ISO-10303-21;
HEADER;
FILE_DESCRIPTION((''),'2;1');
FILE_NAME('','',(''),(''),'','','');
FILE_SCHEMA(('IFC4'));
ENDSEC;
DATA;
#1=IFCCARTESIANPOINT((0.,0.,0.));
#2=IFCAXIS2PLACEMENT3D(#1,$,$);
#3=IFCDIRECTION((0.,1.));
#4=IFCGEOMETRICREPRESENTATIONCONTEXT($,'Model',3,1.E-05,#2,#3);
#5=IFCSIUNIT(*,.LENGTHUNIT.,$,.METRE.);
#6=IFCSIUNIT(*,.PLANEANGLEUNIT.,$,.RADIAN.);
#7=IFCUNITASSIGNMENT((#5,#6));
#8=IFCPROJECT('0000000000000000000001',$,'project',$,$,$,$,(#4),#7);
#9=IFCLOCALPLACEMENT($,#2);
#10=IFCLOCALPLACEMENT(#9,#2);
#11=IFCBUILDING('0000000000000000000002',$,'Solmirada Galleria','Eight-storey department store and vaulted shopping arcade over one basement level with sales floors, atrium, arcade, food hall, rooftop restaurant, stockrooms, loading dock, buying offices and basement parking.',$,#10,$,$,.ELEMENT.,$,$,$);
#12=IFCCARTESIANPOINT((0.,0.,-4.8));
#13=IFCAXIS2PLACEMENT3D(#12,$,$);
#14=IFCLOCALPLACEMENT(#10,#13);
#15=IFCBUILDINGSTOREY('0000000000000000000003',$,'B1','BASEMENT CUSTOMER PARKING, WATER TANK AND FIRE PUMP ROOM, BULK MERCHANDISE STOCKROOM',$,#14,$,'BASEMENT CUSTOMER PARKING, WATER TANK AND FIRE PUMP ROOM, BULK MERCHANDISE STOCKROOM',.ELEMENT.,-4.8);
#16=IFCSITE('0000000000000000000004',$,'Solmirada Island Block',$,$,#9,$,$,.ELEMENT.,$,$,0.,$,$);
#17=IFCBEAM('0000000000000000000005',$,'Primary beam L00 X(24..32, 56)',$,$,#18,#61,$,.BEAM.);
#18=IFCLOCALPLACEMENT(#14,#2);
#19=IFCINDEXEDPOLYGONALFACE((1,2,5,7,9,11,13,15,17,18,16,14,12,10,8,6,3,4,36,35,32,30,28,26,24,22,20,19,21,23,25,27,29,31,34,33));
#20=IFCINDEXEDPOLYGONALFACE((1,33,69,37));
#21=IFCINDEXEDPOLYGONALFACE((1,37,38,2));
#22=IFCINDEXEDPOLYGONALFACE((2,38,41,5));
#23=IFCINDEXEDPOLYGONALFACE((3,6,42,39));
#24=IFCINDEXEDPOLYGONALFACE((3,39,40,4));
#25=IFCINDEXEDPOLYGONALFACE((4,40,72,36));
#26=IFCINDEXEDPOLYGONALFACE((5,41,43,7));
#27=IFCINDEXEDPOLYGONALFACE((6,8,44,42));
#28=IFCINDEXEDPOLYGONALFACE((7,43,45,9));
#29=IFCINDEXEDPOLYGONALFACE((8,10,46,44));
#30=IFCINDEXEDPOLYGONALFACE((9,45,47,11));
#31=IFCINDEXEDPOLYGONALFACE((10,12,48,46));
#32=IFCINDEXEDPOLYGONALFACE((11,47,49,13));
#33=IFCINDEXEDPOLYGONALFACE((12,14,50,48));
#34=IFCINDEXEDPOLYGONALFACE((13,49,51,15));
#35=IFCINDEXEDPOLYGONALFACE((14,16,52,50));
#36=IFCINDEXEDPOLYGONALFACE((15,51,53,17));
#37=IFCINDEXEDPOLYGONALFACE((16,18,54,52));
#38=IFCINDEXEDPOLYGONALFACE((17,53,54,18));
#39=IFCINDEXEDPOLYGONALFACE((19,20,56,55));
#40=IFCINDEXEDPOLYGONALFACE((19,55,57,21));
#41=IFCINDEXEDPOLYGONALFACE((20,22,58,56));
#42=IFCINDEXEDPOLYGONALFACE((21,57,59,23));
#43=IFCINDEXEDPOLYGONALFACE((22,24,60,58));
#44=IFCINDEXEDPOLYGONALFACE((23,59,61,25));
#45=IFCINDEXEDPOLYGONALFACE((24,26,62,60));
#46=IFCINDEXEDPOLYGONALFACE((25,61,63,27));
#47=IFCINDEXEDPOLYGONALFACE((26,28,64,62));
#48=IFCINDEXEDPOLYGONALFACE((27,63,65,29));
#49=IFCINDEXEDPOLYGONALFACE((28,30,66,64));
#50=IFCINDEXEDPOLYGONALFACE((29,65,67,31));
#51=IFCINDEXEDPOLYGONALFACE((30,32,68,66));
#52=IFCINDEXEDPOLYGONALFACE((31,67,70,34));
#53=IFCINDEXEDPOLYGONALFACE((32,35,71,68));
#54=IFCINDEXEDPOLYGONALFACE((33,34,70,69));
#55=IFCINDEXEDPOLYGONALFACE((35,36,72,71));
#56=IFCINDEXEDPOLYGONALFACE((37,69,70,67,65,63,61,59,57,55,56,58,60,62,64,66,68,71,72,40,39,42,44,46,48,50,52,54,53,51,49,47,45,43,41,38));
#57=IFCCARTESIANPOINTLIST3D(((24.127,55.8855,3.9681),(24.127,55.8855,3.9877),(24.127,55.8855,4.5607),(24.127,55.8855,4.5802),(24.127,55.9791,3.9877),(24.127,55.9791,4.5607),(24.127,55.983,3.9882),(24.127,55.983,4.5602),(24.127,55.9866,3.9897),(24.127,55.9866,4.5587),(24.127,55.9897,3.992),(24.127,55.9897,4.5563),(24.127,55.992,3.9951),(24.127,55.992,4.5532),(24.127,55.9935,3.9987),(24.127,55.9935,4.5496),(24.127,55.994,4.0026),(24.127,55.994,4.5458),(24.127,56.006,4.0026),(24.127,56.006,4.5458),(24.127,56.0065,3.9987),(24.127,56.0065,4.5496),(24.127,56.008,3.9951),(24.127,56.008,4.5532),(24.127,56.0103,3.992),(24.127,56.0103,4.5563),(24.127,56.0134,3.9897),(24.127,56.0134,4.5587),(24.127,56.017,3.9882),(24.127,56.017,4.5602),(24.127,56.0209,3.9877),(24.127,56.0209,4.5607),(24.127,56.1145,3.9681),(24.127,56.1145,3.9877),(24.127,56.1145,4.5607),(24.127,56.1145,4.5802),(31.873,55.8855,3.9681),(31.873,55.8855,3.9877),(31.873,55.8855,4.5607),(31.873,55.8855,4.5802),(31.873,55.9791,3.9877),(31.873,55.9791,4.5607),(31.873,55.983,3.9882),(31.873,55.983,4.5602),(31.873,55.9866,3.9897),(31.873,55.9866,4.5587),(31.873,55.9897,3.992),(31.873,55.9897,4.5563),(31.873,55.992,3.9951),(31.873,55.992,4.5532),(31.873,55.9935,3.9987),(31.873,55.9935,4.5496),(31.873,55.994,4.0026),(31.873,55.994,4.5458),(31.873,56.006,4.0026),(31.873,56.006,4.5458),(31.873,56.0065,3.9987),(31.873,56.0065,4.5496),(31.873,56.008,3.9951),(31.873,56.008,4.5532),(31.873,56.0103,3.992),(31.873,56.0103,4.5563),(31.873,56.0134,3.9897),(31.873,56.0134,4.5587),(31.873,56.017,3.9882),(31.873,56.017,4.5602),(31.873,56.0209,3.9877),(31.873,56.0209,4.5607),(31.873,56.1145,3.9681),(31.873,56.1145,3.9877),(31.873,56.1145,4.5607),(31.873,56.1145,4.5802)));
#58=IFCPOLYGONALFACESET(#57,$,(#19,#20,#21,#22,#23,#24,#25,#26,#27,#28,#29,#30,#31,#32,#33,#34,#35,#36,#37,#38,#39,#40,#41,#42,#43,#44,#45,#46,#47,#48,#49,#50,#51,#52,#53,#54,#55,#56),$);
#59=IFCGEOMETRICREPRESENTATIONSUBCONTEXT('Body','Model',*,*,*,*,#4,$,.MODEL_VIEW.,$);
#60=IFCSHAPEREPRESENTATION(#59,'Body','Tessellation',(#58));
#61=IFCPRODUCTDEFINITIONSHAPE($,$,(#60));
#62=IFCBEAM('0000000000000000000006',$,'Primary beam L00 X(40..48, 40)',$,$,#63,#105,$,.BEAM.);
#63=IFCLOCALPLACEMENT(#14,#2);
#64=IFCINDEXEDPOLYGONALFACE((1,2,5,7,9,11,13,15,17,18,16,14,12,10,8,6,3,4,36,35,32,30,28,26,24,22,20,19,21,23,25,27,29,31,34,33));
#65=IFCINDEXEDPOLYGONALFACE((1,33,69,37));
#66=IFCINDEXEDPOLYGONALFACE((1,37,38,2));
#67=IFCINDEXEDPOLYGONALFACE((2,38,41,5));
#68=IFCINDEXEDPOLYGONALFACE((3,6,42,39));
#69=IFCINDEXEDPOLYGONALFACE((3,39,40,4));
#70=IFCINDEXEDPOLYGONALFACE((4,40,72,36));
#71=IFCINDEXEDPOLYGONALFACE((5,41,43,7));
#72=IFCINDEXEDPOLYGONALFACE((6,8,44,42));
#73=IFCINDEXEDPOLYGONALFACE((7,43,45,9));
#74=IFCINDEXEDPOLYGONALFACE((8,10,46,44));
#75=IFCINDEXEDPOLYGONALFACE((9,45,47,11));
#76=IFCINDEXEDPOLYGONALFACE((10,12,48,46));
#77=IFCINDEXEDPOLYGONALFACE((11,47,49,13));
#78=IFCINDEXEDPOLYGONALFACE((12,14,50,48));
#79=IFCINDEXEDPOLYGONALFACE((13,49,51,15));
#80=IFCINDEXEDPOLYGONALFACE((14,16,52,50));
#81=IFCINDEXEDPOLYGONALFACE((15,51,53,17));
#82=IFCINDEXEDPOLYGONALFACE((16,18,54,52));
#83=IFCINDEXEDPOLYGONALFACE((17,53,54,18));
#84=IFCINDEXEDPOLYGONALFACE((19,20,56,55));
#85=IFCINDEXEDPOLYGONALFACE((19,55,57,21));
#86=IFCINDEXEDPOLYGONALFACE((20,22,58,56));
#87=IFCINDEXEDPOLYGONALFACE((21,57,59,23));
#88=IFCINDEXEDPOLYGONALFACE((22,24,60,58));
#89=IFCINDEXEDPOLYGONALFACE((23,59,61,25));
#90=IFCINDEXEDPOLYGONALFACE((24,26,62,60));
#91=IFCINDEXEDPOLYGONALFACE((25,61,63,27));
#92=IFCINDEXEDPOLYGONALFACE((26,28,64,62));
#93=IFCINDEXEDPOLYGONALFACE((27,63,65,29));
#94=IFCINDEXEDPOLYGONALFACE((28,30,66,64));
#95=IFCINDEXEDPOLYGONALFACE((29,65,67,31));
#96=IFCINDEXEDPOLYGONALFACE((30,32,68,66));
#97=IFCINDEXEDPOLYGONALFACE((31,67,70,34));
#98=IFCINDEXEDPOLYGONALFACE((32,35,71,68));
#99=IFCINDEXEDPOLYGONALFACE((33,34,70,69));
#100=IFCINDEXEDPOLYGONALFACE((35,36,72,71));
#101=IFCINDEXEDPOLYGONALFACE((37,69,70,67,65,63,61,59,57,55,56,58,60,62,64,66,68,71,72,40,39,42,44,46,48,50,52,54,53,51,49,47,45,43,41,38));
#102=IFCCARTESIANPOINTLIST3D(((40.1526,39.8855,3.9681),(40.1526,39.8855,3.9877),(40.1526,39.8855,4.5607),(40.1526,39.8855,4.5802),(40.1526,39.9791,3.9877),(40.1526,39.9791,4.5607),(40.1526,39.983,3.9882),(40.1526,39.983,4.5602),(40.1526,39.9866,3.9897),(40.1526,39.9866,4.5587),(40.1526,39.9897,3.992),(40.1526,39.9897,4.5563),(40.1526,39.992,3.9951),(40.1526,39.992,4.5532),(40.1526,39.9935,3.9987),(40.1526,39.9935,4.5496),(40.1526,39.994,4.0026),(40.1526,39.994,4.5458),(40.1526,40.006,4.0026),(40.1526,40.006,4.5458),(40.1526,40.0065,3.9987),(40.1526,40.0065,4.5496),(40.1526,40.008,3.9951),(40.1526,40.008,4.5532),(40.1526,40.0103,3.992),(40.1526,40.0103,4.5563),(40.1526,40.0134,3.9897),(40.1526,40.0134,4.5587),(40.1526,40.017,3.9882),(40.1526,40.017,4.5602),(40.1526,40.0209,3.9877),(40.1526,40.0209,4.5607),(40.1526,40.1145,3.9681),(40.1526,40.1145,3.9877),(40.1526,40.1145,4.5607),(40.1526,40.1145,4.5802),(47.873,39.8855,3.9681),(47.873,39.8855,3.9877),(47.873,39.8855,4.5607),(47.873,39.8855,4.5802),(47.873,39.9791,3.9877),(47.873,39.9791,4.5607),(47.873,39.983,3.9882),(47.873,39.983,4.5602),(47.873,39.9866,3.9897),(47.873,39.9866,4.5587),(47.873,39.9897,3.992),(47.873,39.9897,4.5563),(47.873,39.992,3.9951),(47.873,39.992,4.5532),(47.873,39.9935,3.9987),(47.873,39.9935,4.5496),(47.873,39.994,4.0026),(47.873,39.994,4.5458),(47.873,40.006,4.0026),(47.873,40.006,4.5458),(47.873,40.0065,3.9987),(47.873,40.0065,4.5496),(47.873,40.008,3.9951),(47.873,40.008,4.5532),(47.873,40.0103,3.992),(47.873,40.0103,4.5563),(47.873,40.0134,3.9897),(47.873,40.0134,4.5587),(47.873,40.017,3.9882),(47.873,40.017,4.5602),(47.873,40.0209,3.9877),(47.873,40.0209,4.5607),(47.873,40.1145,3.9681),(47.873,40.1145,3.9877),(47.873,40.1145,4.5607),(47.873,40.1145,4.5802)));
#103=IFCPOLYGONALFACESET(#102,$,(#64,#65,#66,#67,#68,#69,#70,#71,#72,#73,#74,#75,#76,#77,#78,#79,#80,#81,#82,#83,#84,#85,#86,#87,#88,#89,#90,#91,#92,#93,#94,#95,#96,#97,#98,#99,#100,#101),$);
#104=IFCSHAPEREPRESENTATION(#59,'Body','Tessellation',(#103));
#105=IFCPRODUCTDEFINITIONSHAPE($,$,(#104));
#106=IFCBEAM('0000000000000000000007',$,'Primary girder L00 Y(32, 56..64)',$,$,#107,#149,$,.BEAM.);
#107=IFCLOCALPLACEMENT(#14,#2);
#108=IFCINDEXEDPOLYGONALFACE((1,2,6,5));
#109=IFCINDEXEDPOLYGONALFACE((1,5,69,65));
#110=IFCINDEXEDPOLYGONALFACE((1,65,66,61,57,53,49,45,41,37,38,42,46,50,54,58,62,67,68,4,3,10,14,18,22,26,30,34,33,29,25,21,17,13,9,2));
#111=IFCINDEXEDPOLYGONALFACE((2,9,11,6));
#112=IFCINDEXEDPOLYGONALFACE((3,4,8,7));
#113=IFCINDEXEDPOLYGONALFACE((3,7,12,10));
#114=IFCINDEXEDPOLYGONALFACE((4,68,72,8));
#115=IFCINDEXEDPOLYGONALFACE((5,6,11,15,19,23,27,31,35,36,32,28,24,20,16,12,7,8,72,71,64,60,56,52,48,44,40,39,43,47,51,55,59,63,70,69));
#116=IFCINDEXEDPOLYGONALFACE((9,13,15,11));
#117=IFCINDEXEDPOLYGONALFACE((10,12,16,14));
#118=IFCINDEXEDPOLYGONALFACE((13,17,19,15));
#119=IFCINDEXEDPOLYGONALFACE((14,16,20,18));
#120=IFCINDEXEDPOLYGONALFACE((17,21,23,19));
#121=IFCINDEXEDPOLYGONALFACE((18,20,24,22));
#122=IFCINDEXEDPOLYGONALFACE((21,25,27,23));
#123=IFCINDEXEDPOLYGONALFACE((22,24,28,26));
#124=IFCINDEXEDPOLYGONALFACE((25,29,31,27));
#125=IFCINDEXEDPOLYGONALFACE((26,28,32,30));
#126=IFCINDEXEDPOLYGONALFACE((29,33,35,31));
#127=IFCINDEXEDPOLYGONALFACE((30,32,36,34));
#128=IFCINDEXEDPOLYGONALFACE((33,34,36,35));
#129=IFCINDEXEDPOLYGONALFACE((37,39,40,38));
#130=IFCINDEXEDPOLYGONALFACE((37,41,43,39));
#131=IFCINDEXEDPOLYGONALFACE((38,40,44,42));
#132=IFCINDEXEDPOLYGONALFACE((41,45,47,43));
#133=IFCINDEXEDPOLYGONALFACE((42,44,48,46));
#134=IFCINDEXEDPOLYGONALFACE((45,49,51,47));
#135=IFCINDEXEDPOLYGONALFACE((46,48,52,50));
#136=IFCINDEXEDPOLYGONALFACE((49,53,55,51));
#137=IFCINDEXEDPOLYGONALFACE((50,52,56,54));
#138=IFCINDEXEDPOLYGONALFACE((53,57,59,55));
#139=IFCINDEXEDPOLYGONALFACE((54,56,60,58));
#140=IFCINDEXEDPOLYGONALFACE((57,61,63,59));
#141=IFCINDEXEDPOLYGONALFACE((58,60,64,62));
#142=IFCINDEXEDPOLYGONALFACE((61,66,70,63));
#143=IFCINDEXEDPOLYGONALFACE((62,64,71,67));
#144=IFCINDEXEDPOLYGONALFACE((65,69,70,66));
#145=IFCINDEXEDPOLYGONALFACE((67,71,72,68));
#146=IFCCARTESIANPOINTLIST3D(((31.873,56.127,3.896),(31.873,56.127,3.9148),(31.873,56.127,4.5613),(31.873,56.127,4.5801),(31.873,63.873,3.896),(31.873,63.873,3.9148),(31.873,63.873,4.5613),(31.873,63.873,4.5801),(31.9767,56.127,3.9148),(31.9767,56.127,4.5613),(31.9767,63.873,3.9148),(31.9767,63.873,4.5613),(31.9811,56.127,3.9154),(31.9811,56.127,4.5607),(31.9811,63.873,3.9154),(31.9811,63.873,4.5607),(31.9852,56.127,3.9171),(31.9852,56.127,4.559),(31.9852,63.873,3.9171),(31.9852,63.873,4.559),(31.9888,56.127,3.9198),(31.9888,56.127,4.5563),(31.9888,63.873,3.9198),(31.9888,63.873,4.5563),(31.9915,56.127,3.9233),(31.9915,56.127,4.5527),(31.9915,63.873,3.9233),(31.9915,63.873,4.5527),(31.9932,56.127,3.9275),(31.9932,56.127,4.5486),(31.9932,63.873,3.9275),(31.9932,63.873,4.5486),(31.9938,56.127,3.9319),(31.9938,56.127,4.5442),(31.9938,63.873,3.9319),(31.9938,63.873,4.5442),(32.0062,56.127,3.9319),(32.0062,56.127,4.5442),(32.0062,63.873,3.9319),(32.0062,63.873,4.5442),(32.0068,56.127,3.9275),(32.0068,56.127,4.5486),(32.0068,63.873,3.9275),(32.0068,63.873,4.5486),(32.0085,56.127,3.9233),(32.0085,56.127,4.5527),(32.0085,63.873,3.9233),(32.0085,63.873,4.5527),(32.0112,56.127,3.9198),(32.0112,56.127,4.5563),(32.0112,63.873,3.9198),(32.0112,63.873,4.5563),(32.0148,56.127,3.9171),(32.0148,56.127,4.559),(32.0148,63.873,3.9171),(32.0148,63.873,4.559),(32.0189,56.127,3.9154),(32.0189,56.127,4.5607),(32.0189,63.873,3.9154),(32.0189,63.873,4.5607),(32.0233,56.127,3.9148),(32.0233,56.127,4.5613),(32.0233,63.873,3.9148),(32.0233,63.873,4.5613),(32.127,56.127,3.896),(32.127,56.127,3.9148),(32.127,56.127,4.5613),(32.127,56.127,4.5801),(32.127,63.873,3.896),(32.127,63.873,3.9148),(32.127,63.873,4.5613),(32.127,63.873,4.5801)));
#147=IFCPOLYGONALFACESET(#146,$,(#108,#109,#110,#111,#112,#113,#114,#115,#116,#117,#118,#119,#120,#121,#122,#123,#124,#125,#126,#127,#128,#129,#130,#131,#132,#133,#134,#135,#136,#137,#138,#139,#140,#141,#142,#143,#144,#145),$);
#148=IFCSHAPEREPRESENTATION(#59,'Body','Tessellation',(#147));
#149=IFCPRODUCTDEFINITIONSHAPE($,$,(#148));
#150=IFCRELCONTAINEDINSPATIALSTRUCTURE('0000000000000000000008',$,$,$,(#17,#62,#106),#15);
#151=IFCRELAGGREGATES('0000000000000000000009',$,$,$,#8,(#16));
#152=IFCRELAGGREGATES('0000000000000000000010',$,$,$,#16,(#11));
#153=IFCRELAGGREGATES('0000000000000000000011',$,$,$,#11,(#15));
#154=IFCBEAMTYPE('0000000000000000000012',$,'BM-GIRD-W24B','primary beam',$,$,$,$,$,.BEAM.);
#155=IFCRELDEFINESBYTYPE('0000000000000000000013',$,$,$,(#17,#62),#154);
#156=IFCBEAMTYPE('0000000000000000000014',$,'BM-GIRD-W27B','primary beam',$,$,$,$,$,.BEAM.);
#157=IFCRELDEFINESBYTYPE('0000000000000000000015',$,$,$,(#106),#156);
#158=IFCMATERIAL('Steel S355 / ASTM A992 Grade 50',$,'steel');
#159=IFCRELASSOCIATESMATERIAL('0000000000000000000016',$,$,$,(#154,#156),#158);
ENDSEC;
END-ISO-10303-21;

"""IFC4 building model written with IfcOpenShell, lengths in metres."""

from ifc_helpers import new_model, si_unit, direction, frame, origin, origin_2d, place, context, subcontext, project, spatial, i_section, extrude, material, material_profile, profile_set, type_object, element, save


model = new_model("IFC4")

# Units and contexts
model_context = context("Model", 3, precision=1e-05, world=origin(), true_north=direction((0.0, 1.0)))
body_context = subcontext(model_context, "Body", "Model", "MODEL_VIEW")
ifc_project = project(units=[si_unit("LENGTHUNIT", "METRE"), si_unit("PLANEANGLEUNIT", "RADIAN")], contexts=[model_context])

# Site, building, storey
site_placement = place(None, origin())
site = spatial("IfcSite", under=ifc_project, at=site_placement, Name="Solmirada Island Block", CompositionType="ELEMENT", RefElevation=0.0)
building_placement = place(site_placement, origin())
building = spatial("IfcBuilding", under=site, at=building_placement, Name="Solmirada Galleria", Description="Eight-storey department store and vaulted shopping arcade over one basement level with sales floors, atrium, arcade, food hall, rooftop restaurant, stockrooms, loading dock, buying offices and basement parking.", CompositionType="ELEMENT")
storey_placement = place(building_placement, frame((0.0, 0.0, -4.8)))
storey = spatial("IfcBuildingStorey", under=building, at=storey_placement, Name="B1", Description="BASEMENT CUSTOMER PARKING, WATER TANK AND FIRE PUMP ROOM, BULK MERCHANDISE STOCKROOM", LongName="BASEMENT CUSTOMER PARKING, WATER TANK AND FIRE PUMP ROOM, BULK MERCHANDISE STOCKROOM", CompositionType="ELEMENT", Elevation=-4.8)

# Beams
ifc_material_1 = material(Name="Steel S355 / ASTM A992 Grade 50", Category="steel")
ifc_material_profile_1 = material_profile(ifc_material_1, i_section(OverallWidth=0.229, OverallDepth=0.6121, WebThickness=0.012, FlangeThickness=0.0195, FilletRadius=0.0149, at=origin_2d()), Name="W24X84")
ifc_profile_set_1 = profile_set([ifc_material_profile_1], Name="Steel S355 / ASTM A992 Grade 50")
beam_type_1 = type_object("IfcBeamType", Name="BM-GIRD-W24B", Description="primary beam", PredefinedType="BEAM", material=ifc_profile_set_1)
beam_1_placement = place(storey_placement, frame((24.127, 56.0, 4.2742), z_axis=(1.0, 0.0, 0.0), x_axis=(0.0, 1.0, 0.0)))
element("IfcBeam", 1, at=beam_1_placement, inside=storey, type_object=beam_type_1, Name="Primary beam L00 X(24..32, 56)", PredefinedType="BEAM", context=body_context, shape_type="SweptSolid", body=[
    extrude(i_section(OverallWidth=0.229, OverallDepth=0.6121, WebThickness=0.012, FlangeThickness=0.0195, FilletRadius=0.0149, at=origin_2d()), origin(), (0.0, 0.0, 1.0), 7.7461),
])
beam_2_placement = place(storey_placement, frame((40.1526, 40.0, 4.2742), z_axis=(1.0, 0.0, 0.0), x_axis=(0.0, 1.0, 0.0)))
element("IfcBeam", 2, at=beam_2_placement, inside=storey, type_object=beam_type_1, Name="Primary beam L00 X(40..48, 40)", PredefinedType="BEAM", context=body_context, shape_type="SweptSolid", body=[
    extrude(i_section(OverallWidth=0.229, OverallDepth=0.6121, WebThickness=0.012, FlangeThickness=0.0195, FilletRadius=0.0149, at=origin_2d()), origin(), (0.0, 0.0, 1.0), 7.7205),
])
ifc_material_profile_2 = material_profile(ifc_material_1, i_section(OverallWidth=0.2539, OverallDepth=0.6841, WebThickness=0.0125, FlangeThickness=0.0188, FilletRadius=0.0171, at=origin_2d()), Name="W27X94")
ifc_profile_set_2 = profile_set([ifc_material_profile_2], Name="Steel S355 / ASTM A992 Grade 50")
beam_type_2 = type_object("IfcBeamType", Name="BM-GIRD-W27B", Description="primary beam", PredefinedType="BEAM", material=ifc_profile_set_2)
beam_3_placement = place(storey_placement, frame((32.0, 56.127, 4.238), z_axis=(0.0, 1.0, 0.0), x_axis=(-1.0, 0.0, 0.0)))
element("IfcBeam", 3, at=beam_3_placement, inside=storey, type_object=beam_type_2, Name="Primary girder L00 Y(32, 56..64)", PredefinedType="BEAM", context=body_context, shape_type="SweptSolid", body=[
    extrude(i_section(OverallWidth=0.2539, OverallDepth=0.6841, WebThickness=0.0125, FlangeThickness=0.0188, FilletRadius=0.0171, at=origin_2d()), origin(), (0.0, 0.0, 1.0), 7.7461),
])

save(model, "model.ifc")
